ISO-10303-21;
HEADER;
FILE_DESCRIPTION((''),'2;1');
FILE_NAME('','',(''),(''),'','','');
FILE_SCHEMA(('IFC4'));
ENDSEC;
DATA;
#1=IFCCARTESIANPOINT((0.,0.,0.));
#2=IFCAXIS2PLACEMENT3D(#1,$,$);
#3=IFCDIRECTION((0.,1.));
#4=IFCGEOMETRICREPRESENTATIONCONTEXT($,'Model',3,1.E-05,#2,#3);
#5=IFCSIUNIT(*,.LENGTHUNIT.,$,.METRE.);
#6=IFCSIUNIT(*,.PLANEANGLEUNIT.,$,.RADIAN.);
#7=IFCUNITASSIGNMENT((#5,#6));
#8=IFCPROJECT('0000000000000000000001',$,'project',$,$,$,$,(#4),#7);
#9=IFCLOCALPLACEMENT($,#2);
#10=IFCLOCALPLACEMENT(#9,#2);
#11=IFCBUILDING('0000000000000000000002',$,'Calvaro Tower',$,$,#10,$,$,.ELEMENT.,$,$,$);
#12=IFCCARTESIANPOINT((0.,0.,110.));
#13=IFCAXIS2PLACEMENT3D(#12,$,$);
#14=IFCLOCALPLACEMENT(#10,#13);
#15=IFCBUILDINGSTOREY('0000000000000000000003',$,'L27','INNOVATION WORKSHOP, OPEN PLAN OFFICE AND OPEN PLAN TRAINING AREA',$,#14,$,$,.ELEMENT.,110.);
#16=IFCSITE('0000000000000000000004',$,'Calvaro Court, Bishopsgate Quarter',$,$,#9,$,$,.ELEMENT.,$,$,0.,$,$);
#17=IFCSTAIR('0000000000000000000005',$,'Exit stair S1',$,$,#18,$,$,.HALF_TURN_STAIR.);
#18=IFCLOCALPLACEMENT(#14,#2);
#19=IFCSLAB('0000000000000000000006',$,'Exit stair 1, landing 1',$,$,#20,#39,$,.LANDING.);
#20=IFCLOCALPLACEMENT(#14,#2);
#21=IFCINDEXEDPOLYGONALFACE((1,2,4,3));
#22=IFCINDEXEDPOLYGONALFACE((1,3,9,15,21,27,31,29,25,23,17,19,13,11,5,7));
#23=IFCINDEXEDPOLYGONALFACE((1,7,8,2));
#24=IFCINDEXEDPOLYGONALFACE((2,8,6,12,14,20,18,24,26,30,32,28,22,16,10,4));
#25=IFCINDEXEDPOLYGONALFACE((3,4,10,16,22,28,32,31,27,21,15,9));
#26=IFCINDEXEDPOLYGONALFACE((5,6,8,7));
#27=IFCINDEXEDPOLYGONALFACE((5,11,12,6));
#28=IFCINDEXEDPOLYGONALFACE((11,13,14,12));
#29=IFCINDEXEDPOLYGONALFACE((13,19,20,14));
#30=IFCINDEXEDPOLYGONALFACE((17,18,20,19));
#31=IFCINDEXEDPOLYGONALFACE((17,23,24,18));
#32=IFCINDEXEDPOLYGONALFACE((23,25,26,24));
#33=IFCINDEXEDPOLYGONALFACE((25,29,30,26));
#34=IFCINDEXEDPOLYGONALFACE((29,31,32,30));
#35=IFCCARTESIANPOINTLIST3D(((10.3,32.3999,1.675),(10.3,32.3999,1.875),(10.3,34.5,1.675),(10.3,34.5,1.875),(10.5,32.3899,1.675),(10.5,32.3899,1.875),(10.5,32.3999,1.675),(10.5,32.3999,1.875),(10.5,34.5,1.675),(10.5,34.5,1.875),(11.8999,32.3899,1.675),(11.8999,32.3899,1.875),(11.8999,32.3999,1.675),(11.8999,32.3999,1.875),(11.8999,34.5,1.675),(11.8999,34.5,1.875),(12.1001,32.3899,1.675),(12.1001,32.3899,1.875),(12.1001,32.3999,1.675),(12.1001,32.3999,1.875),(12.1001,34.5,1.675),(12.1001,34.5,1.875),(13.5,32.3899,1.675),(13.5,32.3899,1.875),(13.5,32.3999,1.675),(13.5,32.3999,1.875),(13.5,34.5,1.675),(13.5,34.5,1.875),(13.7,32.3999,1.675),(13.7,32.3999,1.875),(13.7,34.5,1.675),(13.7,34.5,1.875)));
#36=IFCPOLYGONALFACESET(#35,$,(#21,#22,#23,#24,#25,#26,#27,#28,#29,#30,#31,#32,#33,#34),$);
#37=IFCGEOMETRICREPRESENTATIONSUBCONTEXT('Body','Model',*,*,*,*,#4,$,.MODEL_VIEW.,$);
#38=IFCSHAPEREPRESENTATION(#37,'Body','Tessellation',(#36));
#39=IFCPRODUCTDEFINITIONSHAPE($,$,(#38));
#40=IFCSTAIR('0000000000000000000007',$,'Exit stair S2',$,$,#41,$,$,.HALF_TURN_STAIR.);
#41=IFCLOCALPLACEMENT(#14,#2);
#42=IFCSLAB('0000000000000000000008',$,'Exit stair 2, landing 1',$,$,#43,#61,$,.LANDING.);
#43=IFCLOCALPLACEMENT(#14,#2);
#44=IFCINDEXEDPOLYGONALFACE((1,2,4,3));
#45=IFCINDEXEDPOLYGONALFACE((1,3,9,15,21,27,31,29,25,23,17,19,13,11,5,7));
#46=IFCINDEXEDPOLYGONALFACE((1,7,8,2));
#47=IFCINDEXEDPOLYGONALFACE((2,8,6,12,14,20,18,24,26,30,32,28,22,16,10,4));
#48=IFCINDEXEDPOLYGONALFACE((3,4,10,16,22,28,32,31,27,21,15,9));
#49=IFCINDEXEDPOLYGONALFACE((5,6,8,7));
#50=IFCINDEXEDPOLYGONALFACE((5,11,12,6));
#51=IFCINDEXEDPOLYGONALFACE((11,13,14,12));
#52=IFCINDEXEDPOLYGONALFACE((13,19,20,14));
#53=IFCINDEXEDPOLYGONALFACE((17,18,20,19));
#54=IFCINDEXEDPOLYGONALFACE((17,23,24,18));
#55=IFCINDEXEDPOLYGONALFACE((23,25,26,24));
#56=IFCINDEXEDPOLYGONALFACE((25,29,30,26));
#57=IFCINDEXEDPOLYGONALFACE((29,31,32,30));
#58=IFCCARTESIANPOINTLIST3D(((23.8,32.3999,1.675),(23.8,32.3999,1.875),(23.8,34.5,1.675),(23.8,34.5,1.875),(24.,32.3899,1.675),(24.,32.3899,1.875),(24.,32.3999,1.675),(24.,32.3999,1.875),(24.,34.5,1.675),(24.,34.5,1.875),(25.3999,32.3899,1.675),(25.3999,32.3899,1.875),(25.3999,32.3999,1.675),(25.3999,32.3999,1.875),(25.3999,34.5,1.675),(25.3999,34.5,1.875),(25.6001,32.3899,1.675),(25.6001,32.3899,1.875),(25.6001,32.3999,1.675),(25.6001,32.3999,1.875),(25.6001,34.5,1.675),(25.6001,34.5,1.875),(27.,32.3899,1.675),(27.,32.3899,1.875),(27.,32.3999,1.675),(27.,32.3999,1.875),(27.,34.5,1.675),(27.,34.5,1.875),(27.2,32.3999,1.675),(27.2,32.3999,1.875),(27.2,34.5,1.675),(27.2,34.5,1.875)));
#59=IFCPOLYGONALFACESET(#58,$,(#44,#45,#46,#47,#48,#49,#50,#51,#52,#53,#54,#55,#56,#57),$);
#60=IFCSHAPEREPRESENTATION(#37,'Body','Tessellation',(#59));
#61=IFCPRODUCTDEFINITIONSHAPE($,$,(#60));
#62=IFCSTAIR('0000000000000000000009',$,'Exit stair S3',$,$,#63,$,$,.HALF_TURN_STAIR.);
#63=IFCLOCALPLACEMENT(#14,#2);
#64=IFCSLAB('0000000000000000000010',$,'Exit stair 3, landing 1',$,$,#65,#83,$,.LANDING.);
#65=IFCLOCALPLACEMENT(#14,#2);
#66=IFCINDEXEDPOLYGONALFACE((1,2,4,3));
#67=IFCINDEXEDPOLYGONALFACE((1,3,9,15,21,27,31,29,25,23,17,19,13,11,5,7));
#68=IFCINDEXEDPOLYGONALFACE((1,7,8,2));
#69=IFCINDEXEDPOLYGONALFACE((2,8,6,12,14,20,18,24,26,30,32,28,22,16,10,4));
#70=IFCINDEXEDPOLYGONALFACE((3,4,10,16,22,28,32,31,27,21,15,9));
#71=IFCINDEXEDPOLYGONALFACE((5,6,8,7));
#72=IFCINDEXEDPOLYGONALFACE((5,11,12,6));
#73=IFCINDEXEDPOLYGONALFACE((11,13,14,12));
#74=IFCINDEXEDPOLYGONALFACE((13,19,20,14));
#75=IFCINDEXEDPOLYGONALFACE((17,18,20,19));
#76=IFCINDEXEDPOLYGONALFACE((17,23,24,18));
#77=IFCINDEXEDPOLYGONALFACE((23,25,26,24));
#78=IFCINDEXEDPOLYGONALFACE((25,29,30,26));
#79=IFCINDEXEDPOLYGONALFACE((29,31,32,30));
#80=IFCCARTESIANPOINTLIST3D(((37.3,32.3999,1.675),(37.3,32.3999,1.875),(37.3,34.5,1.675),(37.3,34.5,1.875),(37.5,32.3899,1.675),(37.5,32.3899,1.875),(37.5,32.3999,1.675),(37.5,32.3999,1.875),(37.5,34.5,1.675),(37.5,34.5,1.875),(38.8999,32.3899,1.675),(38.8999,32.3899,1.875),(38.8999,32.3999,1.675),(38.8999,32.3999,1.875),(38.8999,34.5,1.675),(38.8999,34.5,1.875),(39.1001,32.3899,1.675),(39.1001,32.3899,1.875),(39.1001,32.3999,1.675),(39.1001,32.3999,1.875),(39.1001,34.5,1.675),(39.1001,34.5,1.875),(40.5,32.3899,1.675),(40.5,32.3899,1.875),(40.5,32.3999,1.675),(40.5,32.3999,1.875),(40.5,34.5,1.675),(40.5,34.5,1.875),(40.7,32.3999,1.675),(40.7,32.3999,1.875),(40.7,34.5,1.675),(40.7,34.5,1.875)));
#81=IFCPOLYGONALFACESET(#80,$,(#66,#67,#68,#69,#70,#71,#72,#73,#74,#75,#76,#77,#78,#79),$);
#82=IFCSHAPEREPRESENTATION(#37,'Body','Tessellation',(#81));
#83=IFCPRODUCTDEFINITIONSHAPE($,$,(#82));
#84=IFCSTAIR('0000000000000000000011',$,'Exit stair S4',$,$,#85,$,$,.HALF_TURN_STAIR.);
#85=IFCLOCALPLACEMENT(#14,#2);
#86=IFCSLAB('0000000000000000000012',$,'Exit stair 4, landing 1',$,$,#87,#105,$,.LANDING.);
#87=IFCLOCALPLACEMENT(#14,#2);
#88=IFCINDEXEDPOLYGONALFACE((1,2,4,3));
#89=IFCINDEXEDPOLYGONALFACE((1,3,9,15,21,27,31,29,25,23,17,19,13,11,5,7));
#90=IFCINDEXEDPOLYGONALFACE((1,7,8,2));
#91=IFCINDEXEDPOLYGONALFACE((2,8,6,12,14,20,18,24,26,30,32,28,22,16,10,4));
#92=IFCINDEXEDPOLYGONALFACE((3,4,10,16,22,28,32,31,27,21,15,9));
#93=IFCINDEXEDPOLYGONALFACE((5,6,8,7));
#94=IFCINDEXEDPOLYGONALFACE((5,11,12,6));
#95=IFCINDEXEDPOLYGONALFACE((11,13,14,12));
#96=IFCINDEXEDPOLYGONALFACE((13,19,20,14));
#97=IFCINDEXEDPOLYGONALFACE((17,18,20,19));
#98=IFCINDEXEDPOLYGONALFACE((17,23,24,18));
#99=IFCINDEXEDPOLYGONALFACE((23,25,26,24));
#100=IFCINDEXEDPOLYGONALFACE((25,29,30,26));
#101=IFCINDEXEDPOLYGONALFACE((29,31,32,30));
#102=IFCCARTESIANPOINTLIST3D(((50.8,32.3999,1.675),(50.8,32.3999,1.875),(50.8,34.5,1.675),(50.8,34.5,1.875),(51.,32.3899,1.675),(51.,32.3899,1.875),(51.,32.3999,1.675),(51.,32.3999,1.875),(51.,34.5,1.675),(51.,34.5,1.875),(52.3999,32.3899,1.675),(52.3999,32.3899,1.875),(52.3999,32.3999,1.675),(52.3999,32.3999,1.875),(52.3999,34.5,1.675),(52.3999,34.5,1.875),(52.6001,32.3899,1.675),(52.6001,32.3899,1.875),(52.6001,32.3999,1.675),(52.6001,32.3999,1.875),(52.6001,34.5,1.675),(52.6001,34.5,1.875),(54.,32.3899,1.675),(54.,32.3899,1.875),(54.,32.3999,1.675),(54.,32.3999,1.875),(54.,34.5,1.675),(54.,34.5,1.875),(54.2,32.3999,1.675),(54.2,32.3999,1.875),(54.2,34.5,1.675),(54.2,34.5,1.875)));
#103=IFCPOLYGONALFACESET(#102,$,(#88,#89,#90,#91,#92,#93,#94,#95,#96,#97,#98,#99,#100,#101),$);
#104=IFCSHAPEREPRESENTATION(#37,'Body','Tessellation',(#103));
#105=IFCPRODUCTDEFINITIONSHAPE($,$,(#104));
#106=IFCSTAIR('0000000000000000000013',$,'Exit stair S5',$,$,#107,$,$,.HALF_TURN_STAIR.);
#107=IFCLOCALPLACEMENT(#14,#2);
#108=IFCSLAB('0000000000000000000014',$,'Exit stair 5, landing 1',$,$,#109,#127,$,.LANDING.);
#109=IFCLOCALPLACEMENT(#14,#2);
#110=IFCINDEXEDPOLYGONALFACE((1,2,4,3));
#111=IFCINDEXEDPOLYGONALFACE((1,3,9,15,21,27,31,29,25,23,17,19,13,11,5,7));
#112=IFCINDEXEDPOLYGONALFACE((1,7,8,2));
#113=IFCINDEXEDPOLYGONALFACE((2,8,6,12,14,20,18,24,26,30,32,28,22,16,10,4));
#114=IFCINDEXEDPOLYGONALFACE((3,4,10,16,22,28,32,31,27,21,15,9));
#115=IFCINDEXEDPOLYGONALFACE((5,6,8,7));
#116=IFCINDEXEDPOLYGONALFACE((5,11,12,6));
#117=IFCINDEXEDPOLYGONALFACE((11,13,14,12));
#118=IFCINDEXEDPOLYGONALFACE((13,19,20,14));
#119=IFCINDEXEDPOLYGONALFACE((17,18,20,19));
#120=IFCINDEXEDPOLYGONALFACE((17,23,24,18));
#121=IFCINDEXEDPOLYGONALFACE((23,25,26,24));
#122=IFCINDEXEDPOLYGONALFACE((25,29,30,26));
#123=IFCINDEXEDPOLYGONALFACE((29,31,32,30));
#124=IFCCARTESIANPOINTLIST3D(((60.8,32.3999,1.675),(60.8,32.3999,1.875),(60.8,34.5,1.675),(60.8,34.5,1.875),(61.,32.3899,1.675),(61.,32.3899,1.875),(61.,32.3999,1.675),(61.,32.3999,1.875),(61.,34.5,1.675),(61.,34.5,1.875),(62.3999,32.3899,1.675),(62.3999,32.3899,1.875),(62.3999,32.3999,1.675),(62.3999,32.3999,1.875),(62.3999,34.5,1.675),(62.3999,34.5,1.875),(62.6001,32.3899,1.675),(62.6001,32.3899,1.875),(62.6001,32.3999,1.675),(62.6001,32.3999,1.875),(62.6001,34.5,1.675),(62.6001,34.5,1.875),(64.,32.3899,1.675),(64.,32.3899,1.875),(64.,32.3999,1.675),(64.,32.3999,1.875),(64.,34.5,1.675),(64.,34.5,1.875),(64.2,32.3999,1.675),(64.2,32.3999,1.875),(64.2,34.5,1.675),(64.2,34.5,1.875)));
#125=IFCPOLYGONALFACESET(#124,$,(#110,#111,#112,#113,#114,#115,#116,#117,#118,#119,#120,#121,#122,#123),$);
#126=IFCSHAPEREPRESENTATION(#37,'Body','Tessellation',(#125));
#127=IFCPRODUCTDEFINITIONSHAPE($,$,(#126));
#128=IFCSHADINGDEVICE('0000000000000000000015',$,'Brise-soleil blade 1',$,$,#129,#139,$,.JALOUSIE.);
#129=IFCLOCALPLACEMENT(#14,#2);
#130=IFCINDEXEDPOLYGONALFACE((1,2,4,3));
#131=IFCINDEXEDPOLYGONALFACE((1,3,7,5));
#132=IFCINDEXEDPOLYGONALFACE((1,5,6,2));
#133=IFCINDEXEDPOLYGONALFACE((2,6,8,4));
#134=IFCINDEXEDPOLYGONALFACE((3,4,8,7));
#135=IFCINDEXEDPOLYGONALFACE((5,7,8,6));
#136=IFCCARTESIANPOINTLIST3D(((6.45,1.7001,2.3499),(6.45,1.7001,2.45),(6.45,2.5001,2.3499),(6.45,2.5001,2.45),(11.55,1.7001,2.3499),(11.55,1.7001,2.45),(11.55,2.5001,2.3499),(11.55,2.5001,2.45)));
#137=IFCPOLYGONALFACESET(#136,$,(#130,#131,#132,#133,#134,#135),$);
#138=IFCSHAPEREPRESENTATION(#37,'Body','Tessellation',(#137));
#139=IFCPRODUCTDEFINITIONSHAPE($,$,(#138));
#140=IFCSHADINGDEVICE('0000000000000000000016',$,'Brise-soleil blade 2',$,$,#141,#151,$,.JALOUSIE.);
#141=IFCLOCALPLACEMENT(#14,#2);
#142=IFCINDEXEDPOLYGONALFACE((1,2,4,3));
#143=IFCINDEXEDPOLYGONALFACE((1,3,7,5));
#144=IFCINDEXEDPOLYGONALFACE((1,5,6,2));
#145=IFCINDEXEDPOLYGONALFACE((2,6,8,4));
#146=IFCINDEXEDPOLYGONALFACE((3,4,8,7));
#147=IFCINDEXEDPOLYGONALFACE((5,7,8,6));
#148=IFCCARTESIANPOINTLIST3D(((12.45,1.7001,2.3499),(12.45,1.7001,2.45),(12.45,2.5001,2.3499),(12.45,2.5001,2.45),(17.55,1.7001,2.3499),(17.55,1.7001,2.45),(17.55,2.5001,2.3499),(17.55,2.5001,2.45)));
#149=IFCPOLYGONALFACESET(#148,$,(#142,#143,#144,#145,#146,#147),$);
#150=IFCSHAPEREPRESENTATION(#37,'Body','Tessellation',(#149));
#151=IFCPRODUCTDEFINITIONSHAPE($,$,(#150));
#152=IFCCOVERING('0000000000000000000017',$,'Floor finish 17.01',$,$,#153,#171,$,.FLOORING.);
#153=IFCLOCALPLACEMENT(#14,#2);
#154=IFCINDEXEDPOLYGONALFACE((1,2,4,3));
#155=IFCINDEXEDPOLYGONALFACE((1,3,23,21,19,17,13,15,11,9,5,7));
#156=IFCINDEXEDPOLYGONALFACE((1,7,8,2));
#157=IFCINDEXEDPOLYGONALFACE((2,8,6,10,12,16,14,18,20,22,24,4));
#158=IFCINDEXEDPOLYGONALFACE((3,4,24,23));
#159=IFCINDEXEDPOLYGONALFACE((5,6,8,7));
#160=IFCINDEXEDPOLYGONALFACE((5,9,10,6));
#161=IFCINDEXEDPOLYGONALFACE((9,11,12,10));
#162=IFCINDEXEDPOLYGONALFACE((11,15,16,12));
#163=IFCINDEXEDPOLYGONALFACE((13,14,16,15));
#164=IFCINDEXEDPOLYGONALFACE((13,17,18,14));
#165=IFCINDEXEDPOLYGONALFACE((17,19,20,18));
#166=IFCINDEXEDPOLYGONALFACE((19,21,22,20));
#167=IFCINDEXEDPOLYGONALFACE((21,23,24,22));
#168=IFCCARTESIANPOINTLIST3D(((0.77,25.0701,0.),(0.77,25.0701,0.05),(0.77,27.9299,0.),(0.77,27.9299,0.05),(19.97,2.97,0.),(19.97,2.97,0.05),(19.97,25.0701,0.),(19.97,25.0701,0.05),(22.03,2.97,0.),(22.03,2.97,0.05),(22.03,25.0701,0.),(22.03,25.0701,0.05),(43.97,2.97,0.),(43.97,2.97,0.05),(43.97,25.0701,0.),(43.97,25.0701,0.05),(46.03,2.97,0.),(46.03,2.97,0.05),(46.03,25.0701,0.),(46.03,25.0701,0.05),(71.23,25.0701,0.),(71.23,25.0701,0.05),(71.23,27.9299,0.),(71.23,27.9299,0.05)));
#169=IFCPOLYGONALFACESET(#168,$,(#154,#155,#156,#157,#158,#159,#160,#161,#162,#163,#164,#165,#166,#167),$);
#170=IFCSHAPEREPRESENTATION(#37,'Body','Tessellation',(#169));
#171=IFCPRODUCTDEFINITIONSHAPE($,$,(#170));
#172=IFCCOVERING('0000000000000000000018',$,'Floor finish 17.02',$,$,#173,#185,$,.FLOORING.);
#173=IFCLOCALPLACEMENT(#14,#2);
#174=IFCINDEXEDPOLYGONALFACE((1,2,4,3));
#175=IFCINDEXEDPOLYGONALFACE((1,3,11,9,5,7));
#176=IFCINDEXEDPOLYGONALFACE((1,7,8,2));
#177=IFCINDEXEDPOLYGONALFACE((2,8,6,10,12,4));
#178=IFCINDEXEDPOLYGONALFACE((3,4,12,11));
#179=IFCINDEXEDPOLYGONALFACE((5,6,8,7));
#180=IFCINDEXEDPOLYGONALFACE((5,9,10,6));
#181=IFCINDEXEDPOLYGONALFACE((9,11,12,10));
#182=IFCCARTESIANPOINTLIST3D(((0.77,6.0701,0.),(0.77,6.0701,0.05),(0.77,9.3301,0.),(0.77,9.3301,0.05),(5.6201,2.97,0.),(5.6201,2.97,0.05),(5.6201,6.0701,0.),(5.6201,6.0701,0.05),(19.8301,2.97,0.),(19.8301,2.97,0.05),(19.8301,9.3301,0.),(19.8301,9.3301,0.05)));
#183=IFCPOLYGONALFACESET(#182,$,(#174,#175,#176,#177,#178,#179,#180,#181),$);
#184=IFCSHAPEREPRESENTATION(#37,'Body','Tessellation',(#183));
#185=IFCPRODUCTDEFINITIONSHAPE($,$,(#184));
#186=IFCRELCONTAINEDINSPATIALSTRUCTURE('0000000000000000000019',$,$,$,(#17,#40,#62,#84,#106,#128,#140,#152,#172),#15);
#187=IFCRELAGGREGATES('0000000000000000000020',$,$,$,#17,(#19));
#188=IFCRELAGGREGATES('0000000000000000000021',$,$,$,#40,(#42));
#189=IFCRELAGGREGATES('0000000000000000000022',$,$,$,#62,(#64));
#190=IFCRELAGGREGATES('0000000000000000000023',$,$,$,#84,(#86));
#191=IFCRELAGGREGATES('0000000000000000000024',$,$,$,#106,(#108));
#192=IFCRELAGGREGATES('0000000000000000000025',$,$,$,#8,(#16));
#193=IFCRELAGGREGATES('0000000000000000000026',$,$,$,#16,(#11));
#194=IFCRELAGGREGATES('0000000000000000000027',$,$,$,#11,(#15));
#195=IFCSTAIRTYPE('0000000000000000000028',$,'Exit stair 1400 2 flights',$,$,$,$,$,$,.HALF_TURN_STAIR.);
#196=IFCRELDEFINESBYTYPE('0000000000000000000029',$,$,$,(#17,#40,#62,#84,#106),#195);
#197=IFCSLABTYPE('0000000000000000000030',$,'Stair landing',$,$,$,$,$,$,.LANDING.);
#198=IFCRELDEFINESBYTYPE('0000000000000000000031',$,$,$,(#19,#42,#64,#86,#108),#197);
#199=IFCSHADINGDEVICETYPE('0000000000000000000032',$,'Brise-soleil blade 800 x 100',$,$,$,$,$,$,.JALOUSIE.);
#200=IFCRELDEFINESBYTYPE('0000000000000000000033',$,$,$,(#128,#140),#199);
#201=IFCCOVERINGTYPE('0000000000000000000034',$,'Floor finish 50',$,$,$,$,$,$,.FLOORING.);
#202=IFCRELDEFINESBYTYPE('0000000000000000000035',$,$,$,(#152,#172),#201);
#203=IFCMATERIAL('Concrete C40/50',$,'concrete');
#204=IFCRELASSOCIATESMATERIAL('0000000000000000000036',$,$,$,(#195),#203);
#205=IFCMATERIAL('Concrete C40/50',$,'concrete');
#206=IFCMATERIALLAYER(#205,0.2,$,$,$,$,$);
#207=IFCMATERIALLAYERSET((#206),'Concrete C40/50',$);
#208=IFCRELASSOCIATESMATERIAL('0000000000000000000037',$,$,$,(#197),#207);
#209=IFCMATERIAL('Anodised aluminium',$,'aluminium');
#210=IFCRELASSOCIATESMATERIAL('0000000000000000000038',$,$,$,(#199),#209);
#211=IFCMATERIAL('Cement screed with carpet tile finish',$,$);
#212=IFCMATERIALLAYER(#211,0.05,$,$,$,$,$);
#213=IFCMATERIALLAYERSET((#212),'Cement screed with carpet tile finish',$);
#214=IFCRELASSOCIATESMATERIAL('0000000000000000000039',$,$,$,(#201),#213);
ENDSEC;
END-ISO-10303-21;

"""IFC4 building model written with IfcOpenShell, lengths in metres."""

from ifc_helpers import new_model, si_unit, direction, frame, origin, origin_2d, place, context, subcontext, project, spatial, polyline, rectangle, outline, extrude, material, layer, layer_set, material_profile, profile_set, type_object, element, aggregate, save


model = new_model("IFC4")

# Units and contexts
model_context = context("Model", 3, precision=1e-05, world=origin(), true_north=direction((0.0, 1.0)))
body_context = subcontext(model_context, "Body", "Model", "MODEL_VIEW")
ifc_project = project(units=[si_unit("LENGTHUNIT", "METRE"), si_unit("PLANEANGLEUNIT", "RADIAN")], contexts=[model_context])

# Site, building, storey
site_placement = place(None, origin())
site = spatial("IfcSite", under=ifc_project, at=site_placement, Name="Calvaro Court, Bishopsgate Quarter", CompositionType="ELEMENT", RefElevation=0.0)
building_placement = place(site_placement, origin())
building = spatial("IfcBuilding", under=site, at=building_placement, Name="Calvaro Tower", CompositionType="ELEMENT")
storey_placement = place(building_placement, frame((0.0, 0.0, 110.0)))
storey = spatial("IfcBuildingStorey", under=building, at=storey_placement, Name="L27", Description="INNOVATION WORKSHOP, OPEN PLAN OFFICE AND OPEN PLAN TRAINING AREA", CompositionType="ELEMENT", Elevation=110.0)

# Stairs, slabs
ifc_material_1 = material(Name="Concrete C40/50", Category="concrete")
stair_type = type_object("IfcStairType", Name="Exit stair 1400 2 flights", PredefinedType="HALF_TURN_STAIR", material=ifc_material_1)
stair_1_placement = place(storey_placement, origin())
stair_1 = element("IfcStair", 1, at=stair_1_placement, inside=storey, type_object=stair_type, Name="Exit stair S1", PredefinedType="HALF_TURN_STAIR")
ifc_material_2 = material(Name="Concrete C40/50", Category="concrete")
ifc_layer_1 = layer(ifc_material_2, 0.2)
ifc_layer_set_1 = layer_set([ifc_layer_1], Name="Concrete C40/50")
slab_type_1 = type_object("IfcSlabType", Name="Stair landing", PredefinedType="LANDING", material=ifc_layer_set_1)
slab_1_placement = place(storey_placement, frame((0.0, 0.0, 1.675)))
slab_1 = element("IfcSlab", 2, at=slab_1_placement, type_object=slab_type_1, Name="Exit stair 1, landing 1", PredefinedType="LANDING", context=body_context, shape_type="SweptSolid", body=[
    extrude(outline(polyline([(11.8999, 32.3899), (10.5, 32.3899), (10.5, 32.3999), (10.3, 32.3999), (10.3, 34.5), (10.5, 34.5), (11.8999, 34.5), (12.1001, 34.5), (13.5, 34.5), (13.7, 34.5), (13.7, 32.3999), (13.5, 32.3999), (13.5, 32.3899), (12.1001, 32.3899), (12.1001, 32.3999), (11.8999, 32.3999), (11.8999, 32.3899)])), origin(), (0.0, 0.0, 1.0), 0.2),
])
aggregate(stair_1, [slab_1])
stair_2_placement = place(storey_placement, origin())
stair_2 = element("IfcStair", 3, at=stair_2_placement, inside=storey, type_object=stair_type, Name="Exit stair S2", PredefinedType="HALF_TURN_STAIR")
slab_2_placement = place(storey_placement, frame((0.0, 0.0, 1.675)))
slab_2 = element("IfcSlab", 4, at=slab_2_placement, type_object=slab_type_1, Name="Exit stair 2, landing 1", PredefinedType="LANDING", context=body_context, shape_type="SweptSolid", body=[
    extrude(outline(polyline([(25.3999, 32.3899), (24.0, 32.3899), (24.0, 32.3999), (23.8, 32.3999), (23.8, 34.5), (24.0, 34.5), (25.3999, 34.5), (25.6001, 34.5), (27.0, 34.5), (27.2, 34.5), (27.2, 32.3999), (27.0, 32.3999), (27.0, 32.3899), (25.6001, 32.3899), (25.6001, 32.3999), (25.3999, 32.3999), (25.3999, 32.3899)])), origin(), (0.0, 0.0, 1.0), 0.2),
])
aggregate(stair_2, [slab_2])
stair_3_placement = place(storey_placement, origin())
stair_3 = element("IfcStair", 5, at=stair_3_placement, inside=storey, type_object=stair_type, Name="Exit stair S3", PredefinedType="HALF_TURN_STAIR")
slab_3_placement = place(storey_placement, frame((0.0, 0.0, 1.675)))
slab_3 = element("IfcSlab", 6, at=slab_3_placement, type_object=slab_type_1, Name="Exit stair 3, landing 1", PredefinedType="LANDING", context=body_context, shape_type="SweptSolid", body=[
    extrude(outline(polyline([(38.8999, 32.3899), (37.5, 32.3899), (37.5, 32.3999), (37.3, 32.3999), (37.3, 34.5), (37.5, 34.5), (38.8999, 34.5), (39.1001, 34.5), (40.5, 34.5), (40.7, 34.5), (40.7, 32.3999), (40.5, 32.3999), (40.5, 32.3899), (39.1001, 32.3899), (39.1001, 32.3999), (38.8999, 32.3999), (38.8999, 32.3899)])), origin(), (0.0, 0.0, 1.0), 0.2),
])
aggregate(stair_3, [slab_3])
stair_4_placement = place(storey_placement, origin())
stair_4 = element("IfcStair", 7, at=stair_4_placement, inside=storey, type_object=stair_type, Name="Exit stair S4", PredefinedType="HALF_TURN_STAIR")
slab_4_placement = place(storey_placement, frame((0.0, 0.0, 1.675)))
slab_4 = element("IfcSlab", 8, at=slab_4_placement, type_object=slab_type_1, Name="Exit stair 4, landing 1", PredefinedType="LANDING", context=body_context, shape_type="SweptSolid", body=[
    extrude(outline(polyline([(52.3999, 32.3899), (51.0, 32.3899), (51.0, 32.3999), (50.8, 32.3999), (50.8, 34.5), (51.0, 34.5), (52.3999, 34.5), (52.6001, 34.5), (54.0, 34.5), (54.2, 34.5), (54.2, 32.3999), (54.0, 32.3999), (54.0, 32.3899), (52.6001, 32.3899), (52.6001, 32.3999), (52.3999, 32.3999), (52.3999, 32.3899)])), origin(), (0.0, 0.0, 1.0), 0.2),
])
aggregate(stair_4, [slab_4])
stair_5_placement = place(storey_placement, origin())
stair_5 = element("IfcStair", 9, at=stair_5_placement, inside=storey, type_object=stair_type, Name="Exit stair S5", PredefinedType="HALF_TURN_STAIR")
slab_5_placement = place(storey_placement, frame((0.0, 0.0, 1.675)))
slab_5 = element("IfcSlab", 10, at=slab_5_placement, type_object=slab_type_1, Name="Exit stair 5, landing 1", PredefinedType="LANDING", context=body_context, shape_type="SweptSolid", body=[
    extrude(outline(polyline([(62.3999, 32.3899), (61.0, 32.3899), (61.0, 32.3999), (60.8, 32.3999), (60.8, 34.5), (61.0, 34.5), (62.3999, 34.5), (62.6001, 34.5), (64.0, 34.5), (64.2, 34.5), (64.2, 32.3999), (64.0, 32.3999), (64.0, 32.3899), (62.6001, 32.3899), (62.6001, 32.3999), (62.3999, 32.3999), (62.3999, 32.3899)])), origin(), (0.0, 0.0, 1.0), 0.2),
])
aggregate(stair_5, [slab_5])

# Shading devices
ifc_material_3 = material(Name="Anodised aluminium", Category="aluminium")
ifc_material_profile_1 = material_profile(ifc_material_3, rectangle(XDim=0.8, YDim=0.1001, at=origin_2d()), Name="Brise-soleil blade 800 x 100")
ifc_profile_set_1 = profile_set([ifc_material_profile_1], Name="Anodised aluminium")
shading_device_type = type_object("IfcShadingDeviceType", Name="Brise-soleil blade 800 x 100", PredefinedType="JALOUSIE", material=ifc_profile_set_1)
for number, where, z_axis, x_axis, name in (
    (11, (6.45, 2.1001, 2.3999), (1.0, 0.0, 0.0), (0.0, 1.0, 0.0), "Brise-soleil blade 1"),
    (12, (12.45, 2.1001, 2.3999), (1.0, 0.0, 0.0), (0.0, 1.0, 0.0), "Brise-soleil blade 2"),
):
    element("IfcShadingDevice", number, at=place(storey_placement, frame(where, z_axis=z_axis, x_axis=x_axis)), inside=storey, type_object=shading_device_type, Name=name, PredefinedType="JALOUSIE", context=body_context, shape_type="SweptSolid", body=[
        extrude(rectangle(XDim=0.8, YDim=0.1001, at=origin_2d()), origin(), (0.0, 0.0, 1.0), 5.1001),
    ])

# Coverings
ifc_material_4 = material(Name="Cement screed with carpet tile finish")
ifc_layer_2 = layer(ifc_material_4, 0.05)
ifc_layer_set_2 = layer_set([ifc_layer_2], Name="Cement screed with carpet tile finish")
covering_type = type_object("IfcCoveringType", Name="Floor finish 50", PredefinedType="FLOORING", material=ifc_layer_set_2)
covering_1_placement = place(storey_placement, origin())
element("IfcCovering", 13, at=covering_1_placement, inside=storey, type_object=covering_type, Name="Floor finish 17.01", PredefinedType="FLOORING", context=body_context, shape_type="SweptSolid", body=[
    extrude(outline(polyline([(19.97, 2.97), (19.97, 25.0701), (0.77, 25.0701), (0.77, 27.9299), (71.23, 27.9299), (71.23, 25.0701), (46.03, 25.0701), (46.03, 2.97), (43.97, 2.97), (43.97, 25.0701), (22.03, 25.0701), (22.03, 2.97), (19.97, 2.97)])), origin(), (0.0, 0.0, 1.0), 0.05),
])
covering_2_placement = place(storey_placement, origin())
element("IfcCovering", 14, at=covering_2_placement, inside=storey, type_object=covering_type, Name="Floor finish 17.02", PredefinedType="FLOORING", context=body_context, shape_type="SweptSolid", body=[
    extrude(outline(polyline([(19.8301, 9.3301), (19.8301, 2.97), (5.6201, 2.97), (5.6201, 6.0701), (0.77, 6.0701), (0.77, 9.3301), (19.8301, 9.3301)])), origin(), (0.0, 0.0, 1.0), 0.05),
])

save(model, "model.ifc")
